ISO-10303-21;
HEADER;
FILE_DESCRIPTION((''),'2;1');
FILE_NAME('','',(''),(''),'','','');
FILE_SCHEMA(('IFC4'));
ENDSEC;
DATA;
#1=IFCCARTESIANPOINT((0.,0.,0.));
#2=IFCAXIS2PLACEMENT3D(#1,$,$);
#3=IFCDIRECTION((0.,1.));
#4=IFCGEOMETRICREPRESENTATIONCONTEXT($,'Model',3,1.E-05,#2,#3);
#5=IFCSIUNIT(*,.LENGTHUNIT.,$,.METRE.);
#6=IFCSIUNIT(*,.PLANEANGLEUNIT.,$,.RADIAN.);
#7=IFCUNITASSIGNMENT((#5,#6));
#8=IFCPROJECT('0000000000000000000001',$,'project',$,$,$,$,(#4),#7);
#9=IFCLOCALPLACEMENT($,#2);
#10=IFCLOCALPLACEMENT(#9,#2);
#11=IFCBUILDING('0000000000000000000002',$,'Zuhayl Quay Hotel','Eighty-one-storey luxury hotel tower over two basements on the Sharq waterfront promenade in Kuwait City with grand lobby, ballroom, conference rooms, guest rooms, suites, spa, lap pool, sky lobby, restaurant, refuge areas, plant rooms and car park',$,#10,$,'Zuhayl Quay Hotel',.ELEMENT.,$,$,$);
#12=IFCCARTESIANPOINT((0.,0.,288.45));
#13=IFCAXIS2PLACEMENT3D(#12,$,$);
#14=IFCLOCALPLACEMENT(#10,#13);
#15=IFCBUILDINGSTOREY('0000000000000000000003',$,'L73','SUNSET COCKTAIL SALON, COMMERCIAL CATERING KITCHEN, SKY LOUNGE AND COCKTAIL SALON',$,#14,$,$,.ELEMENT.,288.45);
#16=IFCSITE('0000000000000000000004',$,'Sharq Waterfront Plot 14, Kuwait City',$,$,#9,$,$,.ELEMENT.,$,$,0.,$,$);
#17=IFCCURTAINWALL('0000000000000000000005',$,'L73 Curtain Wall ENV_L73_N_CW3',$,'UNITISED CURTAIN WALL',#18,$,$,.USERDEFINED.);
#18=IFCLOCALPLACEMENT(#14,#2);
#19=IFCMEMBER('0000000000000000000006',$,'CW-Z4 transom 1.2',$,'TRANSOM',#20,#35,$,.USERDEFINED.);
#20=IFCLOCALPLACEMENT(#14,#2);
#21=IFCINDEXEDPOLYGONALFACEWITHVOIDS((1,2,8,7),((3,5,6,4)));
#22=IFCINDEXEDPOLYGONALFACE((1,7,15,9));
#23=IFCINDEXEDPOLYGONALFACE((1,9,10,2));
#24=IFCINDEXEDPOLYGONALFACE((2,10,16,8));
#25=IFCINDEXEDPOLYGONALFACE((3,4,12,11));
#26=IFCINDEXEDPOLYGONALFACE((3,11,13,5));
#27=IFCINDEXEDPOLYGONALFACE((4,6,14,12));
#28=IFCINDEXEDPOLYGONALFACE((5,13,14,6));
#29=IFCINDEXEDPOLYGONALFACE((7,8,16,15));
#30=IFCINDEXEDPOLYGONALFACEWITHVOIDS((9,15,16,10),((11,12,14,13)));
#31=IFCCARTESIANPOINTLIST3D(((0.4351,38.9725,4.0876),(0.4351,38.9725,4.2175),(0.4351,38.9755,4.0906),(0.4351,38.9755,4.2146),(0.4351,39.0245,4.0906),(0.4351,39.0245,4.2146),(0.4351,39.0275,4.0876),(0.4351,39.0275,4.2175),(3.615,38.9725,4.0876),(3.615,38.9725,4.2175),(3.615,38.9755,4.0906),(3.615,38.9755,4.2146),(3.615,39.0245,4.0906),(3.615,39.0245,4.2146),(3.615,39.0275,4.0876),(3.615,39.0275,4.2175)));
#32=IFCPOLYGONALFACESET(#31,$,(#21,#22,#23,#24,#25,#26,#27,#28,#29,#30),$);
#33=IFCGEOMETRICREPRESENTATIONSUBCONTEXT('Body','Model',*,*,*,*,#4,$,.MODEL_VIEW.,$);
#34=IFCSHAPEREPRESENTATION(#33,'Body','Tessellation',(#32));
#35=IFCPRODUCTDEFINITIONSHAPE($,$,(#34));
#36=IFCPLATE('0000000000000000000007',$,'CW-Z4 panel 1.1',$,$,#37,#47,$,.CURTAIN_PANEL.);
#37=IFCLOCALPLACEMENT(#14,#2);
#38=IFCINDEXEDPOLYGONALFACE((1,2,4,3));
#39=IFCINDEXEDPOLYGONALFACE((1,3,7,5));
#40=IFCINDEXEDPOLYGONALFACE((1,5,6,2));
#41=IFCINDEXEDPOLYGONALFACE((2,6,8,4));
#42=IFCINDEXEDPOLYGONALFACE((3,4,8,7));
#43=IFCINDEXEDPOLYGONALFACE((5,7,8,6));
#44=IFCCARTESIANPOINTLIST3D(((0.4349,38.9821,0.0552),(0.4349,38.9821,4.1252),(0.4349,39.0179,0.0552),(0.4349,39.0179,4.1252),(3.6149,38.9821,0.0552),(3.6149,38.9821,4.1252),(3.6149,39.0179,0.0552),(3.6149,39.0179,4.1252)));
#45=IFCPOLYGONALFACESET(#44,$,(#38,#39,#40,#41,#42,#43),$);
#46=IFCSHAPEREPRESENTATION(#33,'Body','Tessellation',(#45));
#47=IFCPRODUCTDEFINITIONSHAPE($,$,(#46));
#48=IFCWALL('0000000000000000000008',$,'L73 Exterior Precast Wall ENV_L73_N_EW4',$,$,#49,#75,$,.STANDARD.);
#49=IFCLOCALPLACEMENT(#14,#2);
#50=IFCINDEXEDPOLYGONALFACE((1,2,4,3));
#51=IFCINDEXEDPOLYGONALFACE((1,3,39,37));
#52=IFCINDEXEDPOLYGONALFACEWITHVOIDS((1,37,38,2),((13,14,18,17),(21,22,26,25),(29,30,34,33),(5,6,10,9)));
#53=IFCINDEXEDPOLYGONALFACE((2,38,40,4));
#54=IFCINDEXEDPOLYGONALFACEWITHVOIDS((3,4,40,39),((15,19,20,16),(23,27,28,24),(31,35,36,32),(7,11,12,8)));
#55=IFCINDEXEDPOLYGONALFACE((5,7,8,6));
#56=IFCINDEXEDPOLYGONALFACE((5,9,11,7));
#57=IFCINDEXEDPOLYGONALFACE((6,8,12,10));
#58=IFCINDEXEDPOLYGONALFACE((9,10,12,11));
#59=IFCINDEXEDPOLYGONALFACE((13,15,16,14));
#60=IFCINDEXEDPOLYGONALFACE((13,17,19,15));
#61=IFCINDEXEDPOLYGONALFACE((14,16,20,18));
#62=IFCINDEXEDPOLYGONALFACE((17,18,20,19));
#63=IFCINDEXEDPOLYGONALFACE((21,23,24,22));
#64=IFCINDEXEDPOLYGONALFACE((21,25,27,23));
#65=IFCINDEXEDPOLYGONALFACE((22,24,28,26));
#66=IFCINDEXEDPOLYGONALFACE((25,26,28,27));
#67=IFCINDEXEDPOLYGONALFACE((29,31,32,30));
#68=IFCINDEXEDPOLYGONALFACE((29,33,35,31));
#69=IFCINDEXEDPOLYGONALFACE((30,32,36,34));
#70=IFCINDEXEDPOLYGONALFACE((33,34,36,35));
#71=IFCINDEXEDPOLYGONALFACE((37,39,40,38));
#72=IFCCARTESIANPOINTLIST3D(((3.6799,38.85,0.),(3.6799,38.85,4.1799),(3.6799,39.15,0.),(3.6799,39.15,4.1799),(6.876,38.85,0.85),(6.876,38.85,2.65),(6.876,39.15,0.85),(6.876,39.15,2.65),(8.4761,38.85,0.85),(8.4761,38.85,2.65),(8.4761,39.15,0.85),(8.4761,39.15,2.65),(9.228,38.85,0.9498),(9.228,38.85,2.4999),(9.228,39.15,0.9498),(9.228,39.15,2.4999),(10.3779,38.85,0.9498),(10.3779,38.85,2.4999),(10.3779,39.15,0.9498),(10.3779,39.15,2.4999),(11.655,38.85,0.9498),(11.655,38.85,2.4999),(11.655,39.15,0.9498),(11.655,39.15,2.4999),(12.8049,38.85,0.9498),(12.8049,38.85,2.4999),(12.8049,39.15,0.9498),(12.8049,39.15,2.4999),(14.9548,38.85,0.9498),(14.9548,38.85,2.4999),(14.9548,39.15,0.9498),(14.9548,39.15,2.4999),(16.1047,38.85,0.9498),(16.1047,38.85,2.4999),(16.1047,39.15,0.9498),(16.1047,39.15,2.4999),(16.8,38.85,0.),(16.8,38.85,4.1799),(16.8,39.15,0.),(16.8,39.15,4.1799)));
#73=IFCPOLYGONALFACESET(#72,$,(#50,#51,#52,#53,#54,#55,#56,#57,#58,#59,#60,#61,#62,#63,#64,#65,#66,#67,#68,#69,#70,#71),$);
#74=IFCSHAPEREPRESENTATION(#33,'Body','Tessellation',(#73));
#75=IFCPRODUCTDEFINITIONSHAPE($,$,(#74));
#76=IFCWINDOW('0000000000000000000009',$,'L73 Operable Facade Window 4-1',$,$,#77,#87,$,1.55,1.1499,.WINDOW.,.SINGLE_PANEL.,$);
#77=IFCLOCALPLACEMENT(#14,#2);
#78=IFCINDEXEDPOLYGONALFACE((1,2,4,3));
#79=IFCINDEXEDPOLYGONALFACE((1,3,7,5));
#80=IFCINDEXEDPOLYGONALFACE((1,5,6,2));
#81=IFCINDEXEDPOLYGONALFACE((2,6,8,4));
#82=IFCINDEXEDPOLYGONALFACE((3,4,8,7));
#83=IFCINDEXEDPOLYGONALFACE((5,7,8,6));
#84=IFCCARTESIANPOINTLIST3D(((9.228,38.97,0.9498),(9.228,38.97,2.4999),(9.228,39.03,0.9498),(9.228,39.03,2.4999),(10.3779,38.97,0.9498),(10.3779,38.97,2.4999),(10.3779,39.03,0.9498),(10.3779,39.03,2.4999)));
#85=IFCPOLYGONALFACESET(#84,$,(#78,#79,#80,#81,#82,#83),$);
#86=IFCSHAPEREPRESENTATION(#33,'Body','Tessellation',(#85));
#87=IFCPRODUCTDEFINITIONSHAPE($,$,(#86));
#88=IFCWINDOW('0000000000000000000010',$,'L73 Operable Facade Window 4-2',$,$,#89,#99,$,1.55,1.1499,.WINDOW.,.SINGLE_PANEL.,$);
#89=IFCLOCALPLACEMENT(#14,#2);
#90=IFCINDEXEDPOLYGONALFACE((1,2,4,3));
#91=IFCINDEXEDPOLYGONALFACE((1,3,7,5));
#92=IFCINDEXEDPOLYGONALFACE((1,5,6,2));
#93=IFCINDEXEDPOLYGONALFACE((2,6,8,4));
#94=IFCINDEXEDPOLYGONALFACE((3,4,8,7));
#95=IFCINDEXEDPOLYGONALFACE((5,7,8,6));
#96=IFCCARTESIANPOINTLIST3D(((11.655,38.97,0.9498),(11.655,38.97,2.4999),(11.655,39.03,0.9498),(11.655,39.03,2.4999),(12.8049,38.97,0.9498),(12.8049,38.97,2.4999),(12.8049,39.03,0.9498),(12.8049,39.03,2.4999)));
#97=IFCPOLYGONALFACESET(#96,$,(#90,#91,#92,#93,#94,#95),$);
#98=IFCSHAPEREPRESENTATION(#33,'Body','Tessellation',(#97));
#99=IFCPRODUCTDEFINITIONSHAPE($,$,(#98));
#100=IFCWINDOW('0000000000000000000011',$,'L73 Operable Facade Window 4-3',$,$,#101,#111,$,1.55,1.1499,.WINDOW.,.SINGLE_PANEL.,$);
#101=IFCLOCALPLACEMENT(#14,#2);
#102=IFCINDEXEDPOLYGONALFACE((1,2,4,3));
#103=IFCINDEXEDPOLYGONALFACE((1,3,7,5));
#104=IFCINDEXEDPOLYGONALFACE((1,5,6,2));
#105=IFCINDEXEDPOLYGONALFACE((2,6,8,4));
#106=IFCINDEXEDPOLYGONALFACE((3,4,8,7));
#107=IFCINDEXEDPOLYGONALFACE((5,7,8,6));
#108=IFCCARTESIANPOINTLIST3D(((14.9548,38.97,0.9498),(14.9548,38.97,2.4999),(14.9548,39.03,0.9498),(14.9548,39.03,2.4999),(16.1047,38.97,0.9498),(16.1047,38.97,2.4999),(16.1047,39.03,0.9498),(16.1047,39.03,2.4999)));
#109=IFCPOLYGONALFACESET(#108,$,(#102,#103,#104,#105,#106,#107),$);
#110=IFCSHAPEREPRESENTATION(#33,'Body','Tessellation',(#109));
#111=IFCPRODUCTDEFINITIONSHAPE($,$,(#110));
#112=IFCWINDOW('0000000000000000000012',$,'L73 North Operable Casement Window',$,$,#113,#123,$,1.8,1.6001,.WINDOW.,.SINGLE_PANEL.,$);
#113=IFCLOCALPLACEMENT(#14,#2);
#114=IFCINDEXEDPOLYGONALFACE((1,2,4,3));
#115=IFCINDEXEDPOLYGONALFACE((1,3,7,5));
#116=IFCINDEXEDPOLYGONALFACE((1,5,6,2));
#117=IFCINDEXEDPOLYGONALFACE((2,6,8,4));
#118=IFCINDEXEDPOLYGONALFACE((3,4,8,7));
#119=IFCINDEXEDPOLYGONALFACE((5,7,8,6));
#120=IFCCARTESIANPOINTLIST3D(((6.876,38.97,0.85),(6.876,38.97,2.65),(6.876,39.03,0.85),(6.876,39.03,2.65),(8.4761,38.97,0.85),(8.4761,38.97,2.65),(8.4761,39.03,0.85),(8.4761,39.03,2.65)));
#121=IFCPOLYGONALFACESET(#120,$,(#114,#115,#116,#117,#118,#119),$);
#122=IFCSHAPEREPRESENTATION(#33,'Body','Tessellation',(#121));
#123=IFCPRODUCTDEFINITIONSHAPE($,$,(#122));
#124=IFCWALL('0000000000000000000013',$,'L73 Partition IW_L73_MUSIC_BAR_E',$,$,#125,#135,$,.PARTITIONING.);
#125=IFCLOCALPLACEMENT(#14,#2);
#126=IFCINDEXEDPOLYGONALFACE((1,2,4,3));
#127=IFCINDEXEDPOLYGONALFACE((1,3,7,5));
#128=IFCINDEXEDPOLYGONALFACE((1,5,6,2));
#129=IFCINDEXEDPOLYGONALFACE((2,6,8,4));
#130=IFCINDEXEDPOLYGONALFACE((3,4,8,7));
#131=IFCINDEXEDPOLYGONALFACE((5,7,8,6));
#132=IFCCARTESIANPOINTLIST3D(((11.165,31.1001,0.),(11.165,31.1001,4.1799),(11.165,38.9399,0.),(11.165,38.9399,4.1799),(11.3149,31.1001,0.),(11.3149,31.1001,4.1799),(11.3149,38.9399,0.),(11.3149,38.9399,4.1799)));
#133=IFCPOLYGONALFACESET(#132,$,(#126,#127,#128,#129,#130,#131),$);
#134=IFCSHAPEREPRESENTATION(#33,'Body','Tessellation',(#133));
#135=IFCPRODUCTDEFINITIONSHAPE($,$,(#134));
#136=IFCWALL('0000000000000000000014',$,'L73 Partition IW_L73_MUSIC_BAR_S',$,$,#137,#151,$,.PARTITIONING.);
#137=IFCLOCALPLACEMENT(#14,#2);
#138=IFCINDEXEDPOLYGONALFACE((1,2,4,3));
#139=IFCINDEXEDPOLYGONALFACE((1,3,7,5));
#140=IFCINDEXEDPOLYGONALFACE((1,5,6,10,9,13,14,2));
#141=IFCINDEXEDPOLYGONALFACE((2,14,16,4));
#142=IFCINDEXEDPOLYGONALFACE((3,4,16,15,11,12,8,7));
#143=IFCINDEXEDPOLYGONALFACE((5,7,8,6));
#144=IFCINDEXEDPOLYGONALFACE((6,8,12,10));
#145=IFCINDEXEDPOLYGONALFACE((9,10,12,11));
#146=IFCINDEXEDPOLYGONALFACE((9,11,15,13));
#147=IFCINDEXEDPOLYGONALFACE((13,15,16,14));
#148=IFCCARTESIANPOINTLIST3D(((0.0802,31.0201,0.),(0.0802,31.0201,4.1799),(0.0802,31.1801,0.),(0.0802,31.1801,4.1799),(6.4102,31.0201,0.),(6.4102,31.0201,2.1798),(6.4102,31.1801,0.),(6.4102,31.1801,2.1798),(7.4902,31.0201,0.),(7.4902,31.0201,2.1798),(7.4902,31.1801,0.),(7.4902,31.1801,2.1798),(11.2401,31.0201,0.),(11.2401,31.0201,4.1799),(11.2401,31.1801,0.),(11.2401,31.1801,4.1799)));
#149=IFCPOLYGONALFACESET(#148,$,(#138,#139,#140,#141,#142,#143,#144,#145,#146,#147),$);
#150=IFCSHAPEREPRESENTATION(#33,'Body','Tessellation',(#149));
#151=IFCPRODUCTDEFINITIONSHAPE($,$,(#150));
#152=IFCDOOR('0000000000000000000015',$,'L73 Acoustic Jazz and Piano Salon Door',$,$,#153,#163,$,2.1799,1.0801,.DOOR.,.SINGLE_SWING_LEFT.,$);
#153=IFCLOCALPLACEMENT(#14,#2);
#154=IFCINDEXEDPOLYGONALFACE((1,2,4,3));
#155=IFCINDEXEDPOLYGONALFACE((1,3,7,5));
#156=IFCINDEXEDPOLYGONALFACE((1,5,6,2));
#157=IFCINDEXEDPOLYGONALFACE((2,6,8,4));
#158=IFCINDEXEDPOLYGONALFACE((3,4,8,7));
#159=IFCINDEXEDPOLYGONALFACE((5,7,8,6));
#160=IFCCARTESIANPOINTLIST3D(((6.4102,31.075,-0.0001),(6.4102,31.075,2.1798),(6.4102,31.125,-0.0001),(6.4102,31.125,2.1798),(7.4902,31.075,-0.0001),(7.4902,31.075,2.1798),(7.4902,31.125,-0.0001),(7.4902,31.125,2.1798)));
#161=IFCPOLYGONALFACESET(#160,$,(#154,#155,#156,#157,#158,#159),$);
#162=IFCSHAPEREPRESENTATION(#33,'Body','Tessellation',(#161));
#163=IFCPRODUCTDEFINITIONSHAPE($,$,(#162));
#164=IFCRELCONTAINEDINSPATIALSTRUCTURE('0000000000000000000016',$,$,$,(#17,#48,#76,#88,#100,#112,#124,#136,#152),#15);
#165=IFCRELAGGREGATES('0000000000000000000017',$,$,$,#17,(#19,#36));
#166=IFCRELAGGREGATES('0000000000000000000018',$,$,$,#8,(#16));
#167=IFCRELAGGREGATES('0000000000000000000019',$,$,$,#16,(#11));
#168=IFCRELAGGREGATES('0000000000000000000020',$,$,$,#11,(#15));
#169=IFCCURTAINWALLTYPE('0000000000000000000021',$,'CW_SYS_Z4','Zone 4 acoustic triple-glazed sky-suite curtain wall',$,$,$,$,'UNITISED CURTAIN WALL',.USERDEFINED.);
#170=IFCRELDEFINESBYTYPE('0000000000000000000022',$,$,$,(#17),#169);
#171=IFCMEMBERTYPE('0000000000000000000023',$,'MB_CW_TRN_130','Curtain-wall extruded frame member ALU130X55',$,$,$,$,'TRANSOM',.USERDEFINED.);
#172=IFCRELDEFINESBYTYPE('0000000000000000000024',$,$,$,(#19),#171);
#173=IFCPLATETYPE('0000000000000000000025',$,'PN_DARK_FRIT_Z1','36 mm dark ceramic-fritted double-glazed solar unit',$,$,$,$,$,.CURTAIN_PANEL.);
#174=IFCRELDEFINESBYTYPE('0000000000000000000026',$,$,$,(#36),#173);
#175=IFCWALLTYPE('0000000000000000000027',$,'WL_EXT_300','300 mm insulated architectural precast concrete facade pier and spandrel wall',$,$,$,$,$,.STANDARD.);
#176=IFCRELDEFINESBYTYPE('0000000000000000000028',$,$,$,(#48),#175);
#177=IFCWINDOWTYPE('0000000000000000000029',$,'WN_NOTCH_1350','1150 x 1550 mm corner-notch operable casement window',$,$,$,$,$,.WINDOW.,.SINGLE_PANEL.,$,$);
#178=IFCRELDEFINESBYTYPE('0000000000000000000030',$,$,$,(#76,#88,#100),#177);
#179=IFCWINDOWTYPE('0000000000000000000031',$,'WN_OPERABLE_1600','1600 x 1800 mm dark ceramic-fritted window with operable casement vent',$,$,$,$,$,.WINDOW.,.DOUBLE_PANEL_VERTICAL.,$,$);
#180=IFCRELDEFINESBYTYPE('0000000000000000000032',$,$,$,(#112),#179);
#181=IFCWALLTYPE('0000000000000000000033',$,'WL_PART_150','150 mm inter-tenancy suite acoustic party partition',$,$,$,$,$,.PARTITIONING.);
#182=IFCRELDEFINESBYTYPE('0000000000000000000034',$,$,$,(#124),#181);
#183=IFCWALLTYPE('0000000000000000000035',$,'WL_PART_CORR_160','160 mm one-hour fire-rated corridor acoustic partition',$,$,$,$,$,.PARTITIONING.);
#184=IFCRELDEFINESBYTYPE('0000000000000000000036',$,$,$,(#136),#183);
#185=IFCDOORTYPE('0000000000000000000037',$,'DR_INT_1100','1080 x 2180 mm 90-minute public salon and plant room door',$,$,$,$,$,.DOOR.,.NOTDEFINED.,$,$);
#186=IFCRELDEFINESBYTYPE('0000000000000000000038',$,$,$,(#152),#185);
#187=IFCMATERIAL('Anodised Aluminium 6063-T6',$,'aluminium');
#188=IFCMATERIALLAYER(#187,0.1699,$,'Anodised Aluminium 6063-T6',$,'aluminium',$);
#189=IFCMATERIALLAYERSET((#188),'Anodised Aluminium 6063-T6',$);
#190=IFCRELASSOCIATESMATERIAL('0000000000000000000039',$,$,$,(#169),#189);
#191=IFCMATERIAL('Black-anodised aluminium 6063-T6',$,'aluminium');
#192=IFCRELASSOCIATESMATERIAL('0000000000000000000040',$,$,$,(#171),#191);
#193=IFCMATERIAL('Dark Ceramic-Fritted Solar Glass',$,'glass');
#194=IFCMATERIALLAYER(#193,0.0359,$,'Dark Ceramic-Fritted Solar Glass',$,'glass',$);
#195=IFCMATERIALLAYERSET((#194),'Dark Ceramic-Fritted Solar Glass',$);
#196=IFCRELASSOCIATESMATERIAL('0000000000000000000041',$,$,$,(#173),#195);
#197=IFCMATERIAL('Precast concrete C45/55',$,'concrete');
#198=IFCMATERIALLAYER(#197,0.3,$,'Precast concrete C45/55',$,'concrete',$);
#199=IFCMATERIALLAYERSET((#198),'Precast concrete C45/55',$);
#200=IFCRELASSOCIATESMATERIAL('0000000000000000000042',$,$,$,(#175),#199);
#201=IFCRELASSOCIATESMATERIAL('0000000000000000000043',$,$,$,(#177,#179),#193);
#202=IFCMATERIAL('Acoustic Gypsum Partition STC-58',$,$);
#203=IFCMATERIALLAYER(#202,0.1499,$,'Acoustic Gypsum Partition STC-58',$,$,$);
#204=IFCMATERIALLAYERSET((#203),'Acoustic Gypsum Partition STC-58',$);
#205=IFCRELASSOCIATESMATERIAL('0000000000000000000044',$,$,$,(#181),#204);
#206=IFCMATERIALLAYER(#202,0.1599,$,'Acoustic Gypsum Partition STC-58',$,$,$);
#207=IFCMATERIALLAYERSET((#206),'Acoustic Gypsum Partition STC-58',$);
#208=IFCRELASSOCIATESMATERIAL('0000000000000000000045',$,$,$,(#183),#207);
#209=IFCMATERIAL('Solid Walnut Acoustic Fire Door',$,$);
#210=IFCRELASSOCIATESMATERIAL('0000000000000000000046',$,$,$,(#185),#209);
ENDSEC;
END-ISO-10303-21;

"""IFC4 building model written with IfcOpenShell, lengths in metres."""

from ifc_helpers import new_model, si_unit, direction, frame, frame_2d, origin, origin_2d, place, context, subcontext, project, spatial, rectangle, hollow_rectangle, extrude, material, layer, layer_set, material_profile, profile_set, type_object, element, fill, aggregate, save


model = new_model("IFC4")

# Units and contexts
model_context = context("Model", 3, precision=1e-05, world=origin(), true_north=direction((0.0, 1.0)))
body_context = subcontext(model_context, "Body", "Model", "MODEL_VIEW")
ifc_project = project(units=[si_unit("LENGTHUNIT", "METRE"), si_unit("PLANEANGLEUNIT", "RADIAN")], contexts=[model_context])

# Site, building, storey
site_placement = place(None, origin())
site = spatial("IfcSite", under=ifc_project, at=site_placement, Name="Sharq Waterfront Plot 14, Kuwait City", CompositionType="ELEMENT", RefElevation=0.0)
building_placement = place(site_placement, origin())
building = spatial("IfcBuilding", under=site, at=building_placement, Name="Zuhayl Quay Hotel", Description="Eighty-one-storey luxury hotel tower over two basements on the Sharq waterfront promenade in Kuwait City with grand lobby, ballroom, conference rooms, guest rooms, suites, spa, lap pool, sky lobby, restaurant, refuge areas, plant rooms and car park", LongName="Zuhayl Quay Hotel", CompositionType="ELEMENT")
storey_placement = place(building_placement, frame((0.0, 0.0, 288.45)))
storey = spatial("IfcBuildingStorey", under=building, at=storey_placement, Name="L73", Description="SUNSET COCKTAIL SALON, COMMERCIAL CATERING KITCHEN, SKY LOUNGE AND COCKTAIL SALON", CompositionType="ELEMENT", Elevation=288.45)

# Curtain wall, member, plate
ifc_material_1 = material(Name="Anodised Aluminium 6063-T6", Category="aluminium")
ifc_layer_1 = layer(ifc_material_1, 0.1699, Name="Anodised Aluminium 6063-T6", Category="aluminium")
ifc_layer_set_1 = layer_set([ifc_layer_1], Name="Anodised Aluminium 6063-T6")
curtain_wall_type = type_object("IfcCurtainWallType", Name="CW_SYS_Z4", Description="Zone 4 acoustic triple-glazed sky-suite curtain wall", ElementType="UNITISED CURTAIN WALL", PredefinedType="USERDEFINED", material=ifc_layer_set_1)
curtain_wall_placement = place(storey_placement, origin())
curtain_wall = element("IfcCurtainWall", 1, at=curtain_wall_placement, inside=storey, type_object=curtain_wall_type, Name="L73 Curtain Wall ENV_L73_N_CW3", ObjectType="UNITISED CURTAIN WALL", PredefinedType="USERDEFINED")
ifc_material_2 = material(Name="Black-anodised aluminium 6063-T6", Category="aluminium")
ifc_material_profile_1 = material_profile(ifc_material_2, hollow_rectangle(XDim=0.0549, YDim=0.1299, WallThickness=0.0029, at=origin_2d()), Name="ALU130X55")
ifc_profile_set_1 = profile_set([ifc_material_profile_1], Name="Black-anodised aluminium 6063-T6")
member_type_1 = type_object("IfcMemberType", Name="MB_CW_TRN_130", Description="Curtain-wall extruded frame member ALU130X55", ElementType="TRANSOM", PredefinedType="USERDEFINED", material=ifc_profile_set_1)
member_1_placement = place(storey_placement, frame((0.4351, 39.0, 4.1526), z_axis=(1.0, 0.0, 0.0), x_axis=(0.0, 1.0, 0.0)))
member_1 = element("IfcMember", 2, at=member_1_placement, type_object=member_type_1, Name="CW-Z4 transom 1.2", ObjectType="TRANSOM", PredefinedType="USERDEFINED", context=body_context, shape_type="SweptSolid", body=[
    extrude(hollow_rectangle(XDim=0.0549, YDim=0.1299, WallThickness=0.0029, at=origin_2d()), origin(), (0.0, 0.0, 1.0), 3.1799),
])
ifc_material_3 = material(Name="Dark Ceramic-Fritted Solar Glass", Category="glass")
ifc_layer_2 = layer(ifc_material_3, 0.0359, Name="Dark Ceramic-Fritted Solar Glass", Category="glass")
ifc_layer_set_2 = layer_set([ifc_layer_2], Name="Dark Ceramic-Fritted Solar Glass")
plate_type = type_object("IfcPlateType", Name="PN_DARK_FRIT_Z1", Description="36 mm dark ceramic-fritted double-glazed solar unit", PredefinedType="CURTAIN_PANEL", material=ifc_layer_set_2)
plate_placement = place(storey_placement, frame((2.0249, 39.0, 0.0552), z_axis=(0.0, 0.0, 1.0), x_axis=(1.0, 0.0, 0.0)))
plate = element("IfcPlate", 3, at=plate_placement, type_object=plate_type, Name="CW-Z4 panel 1.1", PredefinedType="CURTAIN_PANEL", context=body_context, shape_type="SweptSolid", body=[
    extrude(rectangle(XDim=3.1799, YDim=0.0359, at=origin_2d()), origin(), (0.0, 0.0, 1.0), 4.0701),
])
aggregate(curtain_wall, [member_1, plate])

# Wall, openings, windows
ifc_material_4 = material(Name="Precast concrete C45/55", Category="concrete")
ifc_layer_3 = layer(ifc_material_4, 0.3, Name="Precast concrete C45/55", Category="concrete")
ifc_layer_set_3 = layer_set([ifc_layer_3], Name="Precast concrete C45/55")
wall_type_1 = type_object("IfcWallType", Name="WL_EXT_300", Description="300 mm insulated architectural precast concrete facade pier and spandrel wall", PredefinedType="STANDARD", material=ifc_layer_set_3)
wall_1_placement = place(storey_placement, frame((3.6799, 39.0, 0.0), z_axis=(0.0, 0.0, 1.0), x_axis=(1.0, 0.0, 0.0)))
wall_1 = element("IfcWall", 4, at=wall_1_placement, inside=storey, type_object=wall_type_1, Name="L73 Exterior Precast Wall ENV_L73_N_EW4", PredefinedType="STANDARD", context=body_context, shape_type="SweptSolid", body=[
    extrude(rectangle(XDim=13.1201, YDim=0.3, at=frame_2d((6.5601, 0.0))), origin(), (0.0, 0.0, 1.0), 4.1799),
])
opening_1_placement = place(wall_1_placement, frame((3.196, 0.0, 0.8501)))
opening_1 = element("IfcOpeningElement", 5, at=opening_1_placement, cuts=wall_1, PredefinedType="OPENING", context=body_context, shape_type="SweptSolid", body=[
    extrude(rectangle(XDim=1.6001, YDim=1.8, at=frame_2d((0.8, 0.8999))), frame((0.0, 0.1599, 0.0), z_axis=(0.0, -1.0, 0.0), x_axis=(1.0, 0.0, 0.0)), (0.0, 0.0, 1.0), 0.3201),
])
opening_2_placement = place(wall_1_placement, frame((5.5481, 0.0, 0.95)))
opening_2 = element("IfcOpeningElement", 6, at=opening_2_placement, cuts=wall_1, PredefinedType="OPENING", context=body_context, shape_type="SweptSolid", body=[
    extrude(rectangle(XDim=1.1499, YDim=1.55, at=frame_2d((0.575, 0.7749))), frame((0.0, 0.1599, 0.0), z_axis=(0.0, -1.0, 0.0), x_axis=(1.0, 0.0, 0.0)), (0.0, 0.0, 1.0), 0.3201),
])
opening_3_placement = place(wall_1_placement, frame((7.9751, 0.0, 0.95)))
opening_3 = element("IfcOpeningElement", 7, at=opening_3_placement, cuts=wall_1, PredefinedType="OPENING", context=body_context, shape_type="SweptSolid", body=[
    extrude(rectangle(XDim=1.1499, YDim=1.55, at=frame_2d((0.575, 0.7749))), frame((0.0, 0.1599, 0.0), z_axis=(0.0, -1.0, 0.0), x_axis=(1.0, 0.0, 0.0)), (0.0, 0.0, 1.0), 0.3201),
])
opening_4_placement = place(wall_1_placement, frame((11.2749, 0.0, 0.95)))
opening_4 = element("IfcOpeningElement", 8, at=opening_4_placement, cuts=wall_1, PredefinedType="OPENING", context=body_context, shape_type="SweptSolid", body=[
    extrude(rectangle(XDim=1.1499, YDim=1.55, at=frame_2d((0.575, 0.7749))), frame((0.0, 0.1599, 0.0), z_axis=(0.0, -1.0, 0.0), x_axis=(1.0, 0.0, 0.0)), (0.0, 0.0, 1.0), 0.3201),
])
window_type_1 = type_object("IfcWindowType", Name="WN_NOTCH_1350", Description="1150 x 1550 mm corner-notch operable casement window", PartitioningType="SINGLE_PANEL", PredefinedType="WINDOW", material=ifc_material_3)
window_1_placement = place(opening_2_placement, origin())
window_1 = element("IfcWindow", 9, at=window_1_placement, inside=storey, type_object=window_type_1, Name="L73 Operable Facade Window 4-1", OverallHeight=1.55, OverallWidth=1.1499, PartitioningType="SINGLE_PANEL", PredefinedType="WINDOW", context=body_context, shape_type="SweptSolid", body=[
    extrude(rectangle(XDim=1.1499, YDim=1.55, at=frame_2d((0.575, 0.7749))), frame((0.0, 0.03, 0.0), z_axis=(0.0, -1.0, 0.0), x_axis=(1.0, 0.0, 0.0)), (0.0, 0.0, 1.0), 0.0601),
])
fill(opening_2, window_1)
window_2_placement = place(opening_3_placement, origin())
window_2 = element("IfcWindow", 10, at=window_2_placement, inside=storey, type_object=window_type_1, Name="L73 Operable Facade Window 4-2", OverallHeight=1.55, OverallWidth=1.1499, PartitioningType="SINGLE_PANEL", PredefinedType="WINDOW", context=body_context, shape_type="SweptSolid", body=[
    extrude(rectangle(XDim=1.1499, YDim=1.55, at=frame_2d((0.575, 0.7749))), frame((0.0, 0.03, 0.0), z_axis=(0.0, -1.0, 0.0), x_axis=(1.0, 0.0, 0.0)), (0.0, 0.0, 1.0), 0.0601),
])
fill(opening_3, window_2)
window_3_placement = place(opening_4_placement, origin())
window_3 = element("IfcWindow", 11, at=window_3_placement, inside=storey, type_object=window_type_1, Name="L73 Operable Facade Window 4-3", OverallHeight=1.55, OverallWidth=1.1499, PartitioningType="SINGLE_PANEL", PredefinedType="WINDOW", context=body_context, shape_type="SweptSolid", body=[
    extrude(rectangle(XDim=1.1499, YDim=1.55, at=frame_2d((0.575, 0.7749))), frame((0.0, 0.03, 0.0), z_axis=(0.0, -1.0, 0.0), x_axis=(1.0, 0.0, 0.0)), (0.0, 0.0, 1.0), 0.0601),
])
fill(opening_4, window_3)
window_type_2 = type_object("IfcWindowType", Name="WN_OPERABLE_1600", Description="1600 x 1800 mm dark ceramic-fritted window with operable casement vent", PartitioningType="DOUBLE_PANEL_VERTICAL", PredefinedType="WINDOW", material=ifc_material_3)
window_4_placement = place(opening_1_placement, origin())
window_4 = element("IfcWindow", 12, at=window_4_placement, inside=storey, type_object=window_type_2, Name="L73 North Operable Casement Window", OverallHeight=1.8, OverallWidth=1.6001, PartitioningType="SINGLE_PANEL", PredefinedType="WINDOW", context=body_context, shape_type="SweptSolid", body=[
    extrude(rectangle(XDim=1.6001, YDim=1.8, at=frame_2d((0.8, 0.8999))), frame((0.0, 0.03, 0.0), z_axis=(0.0, -1.0, 0.0), x_axis=(1.0, 0.0, 0.0)), (0.0, 0.0, 1.0), 0.0601),
])
fill(opening_1, window_4)

# Wall
ifc_material_5 = material(Name="Acoustic Gypsum Partition STC-58")
ifc_layer_4 = layer(ifc_material_5, 0.1499, Name="Acoustic Gypsum Partition STC-58")
ifc_layer_set_4 = layer_set([ifc_layer_4], Name="Acoustic Gypsum Partition STC-58")
wall_type_2 = type_object("IfcWallType", Name="WL_PART_150", Description="150 mm inter-tenancy suite acoustic party partition", PredefinedType="PARTITIONING", material=ifc_layer_set_4)
wall_2_placement = place(storey_placement, frame((11.24, 31.1001, 0.0), z_axis=(0.0, 0.0, 1.0), x_axis=(0.0, 1.0, 0.0)))
element("IfcWall", 13, at=wall_2_placement, inside=storey, type_object=wall_type_2, Name="L73 Partition IW_L73_MUSIC_BAR_E", PredefinedType="PARTITIONING", context=body_context, shape_type="SweptSolid", body=[
    extrude(rectangle(XDim=7.8398, YDim=0.1499, at=frame_2d((3.9199, 0.0))), origin(), (0.0, 0.0, 1.0), 4.1799),
])

# Wall, opening, door
ifc_layer_5 = layer(ifc_material_5, 0.1599, Name="Acoustic Gypsum Partition STC-58")
ifc_layer_set_5 = layer_set([ifc_layer_5], Name="Acoustic Gypsum Partition STC-58")
wall_type_3 = type_object("IfcWallType", Name="WL_PART_CORR_160", Description="160 mm one-hour fire-rated corridor acoustic partition", PredefinedType="PARTITIONING", material=ifc_layer_set_5)
wall_3_placement = place(storey_placement, frame((0.0801, 31.1001, 0.0), z_axis=(0.0, 0.0, 1.0), x_axis=(1.0, 0.0, 0.0)))
wall_3 = element("IfcWall", 14, at=wall_3_placement, inside=storey, type_object=wall_type_3, Name="L73 Partition IW_L73_MUSIC_BAR_S", PredefinedType="PARTITIONING", context=body_context, shape_type="SweptSolid", body=[
    extrude(rectangle(XDim=11.1599, YDim=0.1599, at=frame_2d((5.5801, 0.0))), origin(), (0.0, 0.0, 1.0), 4.1799),
])
opening_5_placement = place(wall_3_placement, frame((6.3301, 0.0, 0.0)))
opening_5 = element("IfcOpeningElement", 15, at=opening_5_placement, cuts=wall_3, PredefinedType="OPENING", context=body_context, shape_type="SweptSolid", body=[
    extrude(rectangle(XDim=1.0801, YDim=2.1799, at=frame_2d((0.54, 1.0898))), frame((0.0, 0.0898, 0.0), z_axis=(0.0, -1.0, 0.0), x_axis=(1.0, 0.0, 0.0)), (0.0, 0.0, 1.0), 0.1799),
])
ifc_material_6 = material(Name="Solid Walnut Acoustic Fire Door")
door_type_1 = type_object("IfcDoorType", Name="DR_INT_1100", Description="1080 x 2180 mm 90-minute public salon and plant room door", OperationType="NOTDEFINED", PredefinedType="DOOR", material=ifc_material_6)
door_1_placement = place(opening_5_placement, origin())
door_1 = element("IfcDoor", 16, at=door_1_placement, inside=storey, type_object=door_type_1, Name="L73 Acoustic Jazz and Piano Salon Door", OperationType="SINGLE_SWING_LEFT", OverallHeight=2.1799, OverallWidth=1.0801, PredefinedType="DOOR", context=body_context, shape_type="SweptSolid", body=[
    extrude(rectangle(XDim=1.0801, YDim=2.1799, at=frame_2d((0.54, 1.0898))), frame((0.0, 0.0249, 0.0), z_axis=(0.0, -1.0, 0.0), x_axis=(1.0, 0.0, 0.0)), (0.0, 0.0, 1.0), 0.05),
])
fill(opening_5, door_1)

save(model, "model.ifc")
